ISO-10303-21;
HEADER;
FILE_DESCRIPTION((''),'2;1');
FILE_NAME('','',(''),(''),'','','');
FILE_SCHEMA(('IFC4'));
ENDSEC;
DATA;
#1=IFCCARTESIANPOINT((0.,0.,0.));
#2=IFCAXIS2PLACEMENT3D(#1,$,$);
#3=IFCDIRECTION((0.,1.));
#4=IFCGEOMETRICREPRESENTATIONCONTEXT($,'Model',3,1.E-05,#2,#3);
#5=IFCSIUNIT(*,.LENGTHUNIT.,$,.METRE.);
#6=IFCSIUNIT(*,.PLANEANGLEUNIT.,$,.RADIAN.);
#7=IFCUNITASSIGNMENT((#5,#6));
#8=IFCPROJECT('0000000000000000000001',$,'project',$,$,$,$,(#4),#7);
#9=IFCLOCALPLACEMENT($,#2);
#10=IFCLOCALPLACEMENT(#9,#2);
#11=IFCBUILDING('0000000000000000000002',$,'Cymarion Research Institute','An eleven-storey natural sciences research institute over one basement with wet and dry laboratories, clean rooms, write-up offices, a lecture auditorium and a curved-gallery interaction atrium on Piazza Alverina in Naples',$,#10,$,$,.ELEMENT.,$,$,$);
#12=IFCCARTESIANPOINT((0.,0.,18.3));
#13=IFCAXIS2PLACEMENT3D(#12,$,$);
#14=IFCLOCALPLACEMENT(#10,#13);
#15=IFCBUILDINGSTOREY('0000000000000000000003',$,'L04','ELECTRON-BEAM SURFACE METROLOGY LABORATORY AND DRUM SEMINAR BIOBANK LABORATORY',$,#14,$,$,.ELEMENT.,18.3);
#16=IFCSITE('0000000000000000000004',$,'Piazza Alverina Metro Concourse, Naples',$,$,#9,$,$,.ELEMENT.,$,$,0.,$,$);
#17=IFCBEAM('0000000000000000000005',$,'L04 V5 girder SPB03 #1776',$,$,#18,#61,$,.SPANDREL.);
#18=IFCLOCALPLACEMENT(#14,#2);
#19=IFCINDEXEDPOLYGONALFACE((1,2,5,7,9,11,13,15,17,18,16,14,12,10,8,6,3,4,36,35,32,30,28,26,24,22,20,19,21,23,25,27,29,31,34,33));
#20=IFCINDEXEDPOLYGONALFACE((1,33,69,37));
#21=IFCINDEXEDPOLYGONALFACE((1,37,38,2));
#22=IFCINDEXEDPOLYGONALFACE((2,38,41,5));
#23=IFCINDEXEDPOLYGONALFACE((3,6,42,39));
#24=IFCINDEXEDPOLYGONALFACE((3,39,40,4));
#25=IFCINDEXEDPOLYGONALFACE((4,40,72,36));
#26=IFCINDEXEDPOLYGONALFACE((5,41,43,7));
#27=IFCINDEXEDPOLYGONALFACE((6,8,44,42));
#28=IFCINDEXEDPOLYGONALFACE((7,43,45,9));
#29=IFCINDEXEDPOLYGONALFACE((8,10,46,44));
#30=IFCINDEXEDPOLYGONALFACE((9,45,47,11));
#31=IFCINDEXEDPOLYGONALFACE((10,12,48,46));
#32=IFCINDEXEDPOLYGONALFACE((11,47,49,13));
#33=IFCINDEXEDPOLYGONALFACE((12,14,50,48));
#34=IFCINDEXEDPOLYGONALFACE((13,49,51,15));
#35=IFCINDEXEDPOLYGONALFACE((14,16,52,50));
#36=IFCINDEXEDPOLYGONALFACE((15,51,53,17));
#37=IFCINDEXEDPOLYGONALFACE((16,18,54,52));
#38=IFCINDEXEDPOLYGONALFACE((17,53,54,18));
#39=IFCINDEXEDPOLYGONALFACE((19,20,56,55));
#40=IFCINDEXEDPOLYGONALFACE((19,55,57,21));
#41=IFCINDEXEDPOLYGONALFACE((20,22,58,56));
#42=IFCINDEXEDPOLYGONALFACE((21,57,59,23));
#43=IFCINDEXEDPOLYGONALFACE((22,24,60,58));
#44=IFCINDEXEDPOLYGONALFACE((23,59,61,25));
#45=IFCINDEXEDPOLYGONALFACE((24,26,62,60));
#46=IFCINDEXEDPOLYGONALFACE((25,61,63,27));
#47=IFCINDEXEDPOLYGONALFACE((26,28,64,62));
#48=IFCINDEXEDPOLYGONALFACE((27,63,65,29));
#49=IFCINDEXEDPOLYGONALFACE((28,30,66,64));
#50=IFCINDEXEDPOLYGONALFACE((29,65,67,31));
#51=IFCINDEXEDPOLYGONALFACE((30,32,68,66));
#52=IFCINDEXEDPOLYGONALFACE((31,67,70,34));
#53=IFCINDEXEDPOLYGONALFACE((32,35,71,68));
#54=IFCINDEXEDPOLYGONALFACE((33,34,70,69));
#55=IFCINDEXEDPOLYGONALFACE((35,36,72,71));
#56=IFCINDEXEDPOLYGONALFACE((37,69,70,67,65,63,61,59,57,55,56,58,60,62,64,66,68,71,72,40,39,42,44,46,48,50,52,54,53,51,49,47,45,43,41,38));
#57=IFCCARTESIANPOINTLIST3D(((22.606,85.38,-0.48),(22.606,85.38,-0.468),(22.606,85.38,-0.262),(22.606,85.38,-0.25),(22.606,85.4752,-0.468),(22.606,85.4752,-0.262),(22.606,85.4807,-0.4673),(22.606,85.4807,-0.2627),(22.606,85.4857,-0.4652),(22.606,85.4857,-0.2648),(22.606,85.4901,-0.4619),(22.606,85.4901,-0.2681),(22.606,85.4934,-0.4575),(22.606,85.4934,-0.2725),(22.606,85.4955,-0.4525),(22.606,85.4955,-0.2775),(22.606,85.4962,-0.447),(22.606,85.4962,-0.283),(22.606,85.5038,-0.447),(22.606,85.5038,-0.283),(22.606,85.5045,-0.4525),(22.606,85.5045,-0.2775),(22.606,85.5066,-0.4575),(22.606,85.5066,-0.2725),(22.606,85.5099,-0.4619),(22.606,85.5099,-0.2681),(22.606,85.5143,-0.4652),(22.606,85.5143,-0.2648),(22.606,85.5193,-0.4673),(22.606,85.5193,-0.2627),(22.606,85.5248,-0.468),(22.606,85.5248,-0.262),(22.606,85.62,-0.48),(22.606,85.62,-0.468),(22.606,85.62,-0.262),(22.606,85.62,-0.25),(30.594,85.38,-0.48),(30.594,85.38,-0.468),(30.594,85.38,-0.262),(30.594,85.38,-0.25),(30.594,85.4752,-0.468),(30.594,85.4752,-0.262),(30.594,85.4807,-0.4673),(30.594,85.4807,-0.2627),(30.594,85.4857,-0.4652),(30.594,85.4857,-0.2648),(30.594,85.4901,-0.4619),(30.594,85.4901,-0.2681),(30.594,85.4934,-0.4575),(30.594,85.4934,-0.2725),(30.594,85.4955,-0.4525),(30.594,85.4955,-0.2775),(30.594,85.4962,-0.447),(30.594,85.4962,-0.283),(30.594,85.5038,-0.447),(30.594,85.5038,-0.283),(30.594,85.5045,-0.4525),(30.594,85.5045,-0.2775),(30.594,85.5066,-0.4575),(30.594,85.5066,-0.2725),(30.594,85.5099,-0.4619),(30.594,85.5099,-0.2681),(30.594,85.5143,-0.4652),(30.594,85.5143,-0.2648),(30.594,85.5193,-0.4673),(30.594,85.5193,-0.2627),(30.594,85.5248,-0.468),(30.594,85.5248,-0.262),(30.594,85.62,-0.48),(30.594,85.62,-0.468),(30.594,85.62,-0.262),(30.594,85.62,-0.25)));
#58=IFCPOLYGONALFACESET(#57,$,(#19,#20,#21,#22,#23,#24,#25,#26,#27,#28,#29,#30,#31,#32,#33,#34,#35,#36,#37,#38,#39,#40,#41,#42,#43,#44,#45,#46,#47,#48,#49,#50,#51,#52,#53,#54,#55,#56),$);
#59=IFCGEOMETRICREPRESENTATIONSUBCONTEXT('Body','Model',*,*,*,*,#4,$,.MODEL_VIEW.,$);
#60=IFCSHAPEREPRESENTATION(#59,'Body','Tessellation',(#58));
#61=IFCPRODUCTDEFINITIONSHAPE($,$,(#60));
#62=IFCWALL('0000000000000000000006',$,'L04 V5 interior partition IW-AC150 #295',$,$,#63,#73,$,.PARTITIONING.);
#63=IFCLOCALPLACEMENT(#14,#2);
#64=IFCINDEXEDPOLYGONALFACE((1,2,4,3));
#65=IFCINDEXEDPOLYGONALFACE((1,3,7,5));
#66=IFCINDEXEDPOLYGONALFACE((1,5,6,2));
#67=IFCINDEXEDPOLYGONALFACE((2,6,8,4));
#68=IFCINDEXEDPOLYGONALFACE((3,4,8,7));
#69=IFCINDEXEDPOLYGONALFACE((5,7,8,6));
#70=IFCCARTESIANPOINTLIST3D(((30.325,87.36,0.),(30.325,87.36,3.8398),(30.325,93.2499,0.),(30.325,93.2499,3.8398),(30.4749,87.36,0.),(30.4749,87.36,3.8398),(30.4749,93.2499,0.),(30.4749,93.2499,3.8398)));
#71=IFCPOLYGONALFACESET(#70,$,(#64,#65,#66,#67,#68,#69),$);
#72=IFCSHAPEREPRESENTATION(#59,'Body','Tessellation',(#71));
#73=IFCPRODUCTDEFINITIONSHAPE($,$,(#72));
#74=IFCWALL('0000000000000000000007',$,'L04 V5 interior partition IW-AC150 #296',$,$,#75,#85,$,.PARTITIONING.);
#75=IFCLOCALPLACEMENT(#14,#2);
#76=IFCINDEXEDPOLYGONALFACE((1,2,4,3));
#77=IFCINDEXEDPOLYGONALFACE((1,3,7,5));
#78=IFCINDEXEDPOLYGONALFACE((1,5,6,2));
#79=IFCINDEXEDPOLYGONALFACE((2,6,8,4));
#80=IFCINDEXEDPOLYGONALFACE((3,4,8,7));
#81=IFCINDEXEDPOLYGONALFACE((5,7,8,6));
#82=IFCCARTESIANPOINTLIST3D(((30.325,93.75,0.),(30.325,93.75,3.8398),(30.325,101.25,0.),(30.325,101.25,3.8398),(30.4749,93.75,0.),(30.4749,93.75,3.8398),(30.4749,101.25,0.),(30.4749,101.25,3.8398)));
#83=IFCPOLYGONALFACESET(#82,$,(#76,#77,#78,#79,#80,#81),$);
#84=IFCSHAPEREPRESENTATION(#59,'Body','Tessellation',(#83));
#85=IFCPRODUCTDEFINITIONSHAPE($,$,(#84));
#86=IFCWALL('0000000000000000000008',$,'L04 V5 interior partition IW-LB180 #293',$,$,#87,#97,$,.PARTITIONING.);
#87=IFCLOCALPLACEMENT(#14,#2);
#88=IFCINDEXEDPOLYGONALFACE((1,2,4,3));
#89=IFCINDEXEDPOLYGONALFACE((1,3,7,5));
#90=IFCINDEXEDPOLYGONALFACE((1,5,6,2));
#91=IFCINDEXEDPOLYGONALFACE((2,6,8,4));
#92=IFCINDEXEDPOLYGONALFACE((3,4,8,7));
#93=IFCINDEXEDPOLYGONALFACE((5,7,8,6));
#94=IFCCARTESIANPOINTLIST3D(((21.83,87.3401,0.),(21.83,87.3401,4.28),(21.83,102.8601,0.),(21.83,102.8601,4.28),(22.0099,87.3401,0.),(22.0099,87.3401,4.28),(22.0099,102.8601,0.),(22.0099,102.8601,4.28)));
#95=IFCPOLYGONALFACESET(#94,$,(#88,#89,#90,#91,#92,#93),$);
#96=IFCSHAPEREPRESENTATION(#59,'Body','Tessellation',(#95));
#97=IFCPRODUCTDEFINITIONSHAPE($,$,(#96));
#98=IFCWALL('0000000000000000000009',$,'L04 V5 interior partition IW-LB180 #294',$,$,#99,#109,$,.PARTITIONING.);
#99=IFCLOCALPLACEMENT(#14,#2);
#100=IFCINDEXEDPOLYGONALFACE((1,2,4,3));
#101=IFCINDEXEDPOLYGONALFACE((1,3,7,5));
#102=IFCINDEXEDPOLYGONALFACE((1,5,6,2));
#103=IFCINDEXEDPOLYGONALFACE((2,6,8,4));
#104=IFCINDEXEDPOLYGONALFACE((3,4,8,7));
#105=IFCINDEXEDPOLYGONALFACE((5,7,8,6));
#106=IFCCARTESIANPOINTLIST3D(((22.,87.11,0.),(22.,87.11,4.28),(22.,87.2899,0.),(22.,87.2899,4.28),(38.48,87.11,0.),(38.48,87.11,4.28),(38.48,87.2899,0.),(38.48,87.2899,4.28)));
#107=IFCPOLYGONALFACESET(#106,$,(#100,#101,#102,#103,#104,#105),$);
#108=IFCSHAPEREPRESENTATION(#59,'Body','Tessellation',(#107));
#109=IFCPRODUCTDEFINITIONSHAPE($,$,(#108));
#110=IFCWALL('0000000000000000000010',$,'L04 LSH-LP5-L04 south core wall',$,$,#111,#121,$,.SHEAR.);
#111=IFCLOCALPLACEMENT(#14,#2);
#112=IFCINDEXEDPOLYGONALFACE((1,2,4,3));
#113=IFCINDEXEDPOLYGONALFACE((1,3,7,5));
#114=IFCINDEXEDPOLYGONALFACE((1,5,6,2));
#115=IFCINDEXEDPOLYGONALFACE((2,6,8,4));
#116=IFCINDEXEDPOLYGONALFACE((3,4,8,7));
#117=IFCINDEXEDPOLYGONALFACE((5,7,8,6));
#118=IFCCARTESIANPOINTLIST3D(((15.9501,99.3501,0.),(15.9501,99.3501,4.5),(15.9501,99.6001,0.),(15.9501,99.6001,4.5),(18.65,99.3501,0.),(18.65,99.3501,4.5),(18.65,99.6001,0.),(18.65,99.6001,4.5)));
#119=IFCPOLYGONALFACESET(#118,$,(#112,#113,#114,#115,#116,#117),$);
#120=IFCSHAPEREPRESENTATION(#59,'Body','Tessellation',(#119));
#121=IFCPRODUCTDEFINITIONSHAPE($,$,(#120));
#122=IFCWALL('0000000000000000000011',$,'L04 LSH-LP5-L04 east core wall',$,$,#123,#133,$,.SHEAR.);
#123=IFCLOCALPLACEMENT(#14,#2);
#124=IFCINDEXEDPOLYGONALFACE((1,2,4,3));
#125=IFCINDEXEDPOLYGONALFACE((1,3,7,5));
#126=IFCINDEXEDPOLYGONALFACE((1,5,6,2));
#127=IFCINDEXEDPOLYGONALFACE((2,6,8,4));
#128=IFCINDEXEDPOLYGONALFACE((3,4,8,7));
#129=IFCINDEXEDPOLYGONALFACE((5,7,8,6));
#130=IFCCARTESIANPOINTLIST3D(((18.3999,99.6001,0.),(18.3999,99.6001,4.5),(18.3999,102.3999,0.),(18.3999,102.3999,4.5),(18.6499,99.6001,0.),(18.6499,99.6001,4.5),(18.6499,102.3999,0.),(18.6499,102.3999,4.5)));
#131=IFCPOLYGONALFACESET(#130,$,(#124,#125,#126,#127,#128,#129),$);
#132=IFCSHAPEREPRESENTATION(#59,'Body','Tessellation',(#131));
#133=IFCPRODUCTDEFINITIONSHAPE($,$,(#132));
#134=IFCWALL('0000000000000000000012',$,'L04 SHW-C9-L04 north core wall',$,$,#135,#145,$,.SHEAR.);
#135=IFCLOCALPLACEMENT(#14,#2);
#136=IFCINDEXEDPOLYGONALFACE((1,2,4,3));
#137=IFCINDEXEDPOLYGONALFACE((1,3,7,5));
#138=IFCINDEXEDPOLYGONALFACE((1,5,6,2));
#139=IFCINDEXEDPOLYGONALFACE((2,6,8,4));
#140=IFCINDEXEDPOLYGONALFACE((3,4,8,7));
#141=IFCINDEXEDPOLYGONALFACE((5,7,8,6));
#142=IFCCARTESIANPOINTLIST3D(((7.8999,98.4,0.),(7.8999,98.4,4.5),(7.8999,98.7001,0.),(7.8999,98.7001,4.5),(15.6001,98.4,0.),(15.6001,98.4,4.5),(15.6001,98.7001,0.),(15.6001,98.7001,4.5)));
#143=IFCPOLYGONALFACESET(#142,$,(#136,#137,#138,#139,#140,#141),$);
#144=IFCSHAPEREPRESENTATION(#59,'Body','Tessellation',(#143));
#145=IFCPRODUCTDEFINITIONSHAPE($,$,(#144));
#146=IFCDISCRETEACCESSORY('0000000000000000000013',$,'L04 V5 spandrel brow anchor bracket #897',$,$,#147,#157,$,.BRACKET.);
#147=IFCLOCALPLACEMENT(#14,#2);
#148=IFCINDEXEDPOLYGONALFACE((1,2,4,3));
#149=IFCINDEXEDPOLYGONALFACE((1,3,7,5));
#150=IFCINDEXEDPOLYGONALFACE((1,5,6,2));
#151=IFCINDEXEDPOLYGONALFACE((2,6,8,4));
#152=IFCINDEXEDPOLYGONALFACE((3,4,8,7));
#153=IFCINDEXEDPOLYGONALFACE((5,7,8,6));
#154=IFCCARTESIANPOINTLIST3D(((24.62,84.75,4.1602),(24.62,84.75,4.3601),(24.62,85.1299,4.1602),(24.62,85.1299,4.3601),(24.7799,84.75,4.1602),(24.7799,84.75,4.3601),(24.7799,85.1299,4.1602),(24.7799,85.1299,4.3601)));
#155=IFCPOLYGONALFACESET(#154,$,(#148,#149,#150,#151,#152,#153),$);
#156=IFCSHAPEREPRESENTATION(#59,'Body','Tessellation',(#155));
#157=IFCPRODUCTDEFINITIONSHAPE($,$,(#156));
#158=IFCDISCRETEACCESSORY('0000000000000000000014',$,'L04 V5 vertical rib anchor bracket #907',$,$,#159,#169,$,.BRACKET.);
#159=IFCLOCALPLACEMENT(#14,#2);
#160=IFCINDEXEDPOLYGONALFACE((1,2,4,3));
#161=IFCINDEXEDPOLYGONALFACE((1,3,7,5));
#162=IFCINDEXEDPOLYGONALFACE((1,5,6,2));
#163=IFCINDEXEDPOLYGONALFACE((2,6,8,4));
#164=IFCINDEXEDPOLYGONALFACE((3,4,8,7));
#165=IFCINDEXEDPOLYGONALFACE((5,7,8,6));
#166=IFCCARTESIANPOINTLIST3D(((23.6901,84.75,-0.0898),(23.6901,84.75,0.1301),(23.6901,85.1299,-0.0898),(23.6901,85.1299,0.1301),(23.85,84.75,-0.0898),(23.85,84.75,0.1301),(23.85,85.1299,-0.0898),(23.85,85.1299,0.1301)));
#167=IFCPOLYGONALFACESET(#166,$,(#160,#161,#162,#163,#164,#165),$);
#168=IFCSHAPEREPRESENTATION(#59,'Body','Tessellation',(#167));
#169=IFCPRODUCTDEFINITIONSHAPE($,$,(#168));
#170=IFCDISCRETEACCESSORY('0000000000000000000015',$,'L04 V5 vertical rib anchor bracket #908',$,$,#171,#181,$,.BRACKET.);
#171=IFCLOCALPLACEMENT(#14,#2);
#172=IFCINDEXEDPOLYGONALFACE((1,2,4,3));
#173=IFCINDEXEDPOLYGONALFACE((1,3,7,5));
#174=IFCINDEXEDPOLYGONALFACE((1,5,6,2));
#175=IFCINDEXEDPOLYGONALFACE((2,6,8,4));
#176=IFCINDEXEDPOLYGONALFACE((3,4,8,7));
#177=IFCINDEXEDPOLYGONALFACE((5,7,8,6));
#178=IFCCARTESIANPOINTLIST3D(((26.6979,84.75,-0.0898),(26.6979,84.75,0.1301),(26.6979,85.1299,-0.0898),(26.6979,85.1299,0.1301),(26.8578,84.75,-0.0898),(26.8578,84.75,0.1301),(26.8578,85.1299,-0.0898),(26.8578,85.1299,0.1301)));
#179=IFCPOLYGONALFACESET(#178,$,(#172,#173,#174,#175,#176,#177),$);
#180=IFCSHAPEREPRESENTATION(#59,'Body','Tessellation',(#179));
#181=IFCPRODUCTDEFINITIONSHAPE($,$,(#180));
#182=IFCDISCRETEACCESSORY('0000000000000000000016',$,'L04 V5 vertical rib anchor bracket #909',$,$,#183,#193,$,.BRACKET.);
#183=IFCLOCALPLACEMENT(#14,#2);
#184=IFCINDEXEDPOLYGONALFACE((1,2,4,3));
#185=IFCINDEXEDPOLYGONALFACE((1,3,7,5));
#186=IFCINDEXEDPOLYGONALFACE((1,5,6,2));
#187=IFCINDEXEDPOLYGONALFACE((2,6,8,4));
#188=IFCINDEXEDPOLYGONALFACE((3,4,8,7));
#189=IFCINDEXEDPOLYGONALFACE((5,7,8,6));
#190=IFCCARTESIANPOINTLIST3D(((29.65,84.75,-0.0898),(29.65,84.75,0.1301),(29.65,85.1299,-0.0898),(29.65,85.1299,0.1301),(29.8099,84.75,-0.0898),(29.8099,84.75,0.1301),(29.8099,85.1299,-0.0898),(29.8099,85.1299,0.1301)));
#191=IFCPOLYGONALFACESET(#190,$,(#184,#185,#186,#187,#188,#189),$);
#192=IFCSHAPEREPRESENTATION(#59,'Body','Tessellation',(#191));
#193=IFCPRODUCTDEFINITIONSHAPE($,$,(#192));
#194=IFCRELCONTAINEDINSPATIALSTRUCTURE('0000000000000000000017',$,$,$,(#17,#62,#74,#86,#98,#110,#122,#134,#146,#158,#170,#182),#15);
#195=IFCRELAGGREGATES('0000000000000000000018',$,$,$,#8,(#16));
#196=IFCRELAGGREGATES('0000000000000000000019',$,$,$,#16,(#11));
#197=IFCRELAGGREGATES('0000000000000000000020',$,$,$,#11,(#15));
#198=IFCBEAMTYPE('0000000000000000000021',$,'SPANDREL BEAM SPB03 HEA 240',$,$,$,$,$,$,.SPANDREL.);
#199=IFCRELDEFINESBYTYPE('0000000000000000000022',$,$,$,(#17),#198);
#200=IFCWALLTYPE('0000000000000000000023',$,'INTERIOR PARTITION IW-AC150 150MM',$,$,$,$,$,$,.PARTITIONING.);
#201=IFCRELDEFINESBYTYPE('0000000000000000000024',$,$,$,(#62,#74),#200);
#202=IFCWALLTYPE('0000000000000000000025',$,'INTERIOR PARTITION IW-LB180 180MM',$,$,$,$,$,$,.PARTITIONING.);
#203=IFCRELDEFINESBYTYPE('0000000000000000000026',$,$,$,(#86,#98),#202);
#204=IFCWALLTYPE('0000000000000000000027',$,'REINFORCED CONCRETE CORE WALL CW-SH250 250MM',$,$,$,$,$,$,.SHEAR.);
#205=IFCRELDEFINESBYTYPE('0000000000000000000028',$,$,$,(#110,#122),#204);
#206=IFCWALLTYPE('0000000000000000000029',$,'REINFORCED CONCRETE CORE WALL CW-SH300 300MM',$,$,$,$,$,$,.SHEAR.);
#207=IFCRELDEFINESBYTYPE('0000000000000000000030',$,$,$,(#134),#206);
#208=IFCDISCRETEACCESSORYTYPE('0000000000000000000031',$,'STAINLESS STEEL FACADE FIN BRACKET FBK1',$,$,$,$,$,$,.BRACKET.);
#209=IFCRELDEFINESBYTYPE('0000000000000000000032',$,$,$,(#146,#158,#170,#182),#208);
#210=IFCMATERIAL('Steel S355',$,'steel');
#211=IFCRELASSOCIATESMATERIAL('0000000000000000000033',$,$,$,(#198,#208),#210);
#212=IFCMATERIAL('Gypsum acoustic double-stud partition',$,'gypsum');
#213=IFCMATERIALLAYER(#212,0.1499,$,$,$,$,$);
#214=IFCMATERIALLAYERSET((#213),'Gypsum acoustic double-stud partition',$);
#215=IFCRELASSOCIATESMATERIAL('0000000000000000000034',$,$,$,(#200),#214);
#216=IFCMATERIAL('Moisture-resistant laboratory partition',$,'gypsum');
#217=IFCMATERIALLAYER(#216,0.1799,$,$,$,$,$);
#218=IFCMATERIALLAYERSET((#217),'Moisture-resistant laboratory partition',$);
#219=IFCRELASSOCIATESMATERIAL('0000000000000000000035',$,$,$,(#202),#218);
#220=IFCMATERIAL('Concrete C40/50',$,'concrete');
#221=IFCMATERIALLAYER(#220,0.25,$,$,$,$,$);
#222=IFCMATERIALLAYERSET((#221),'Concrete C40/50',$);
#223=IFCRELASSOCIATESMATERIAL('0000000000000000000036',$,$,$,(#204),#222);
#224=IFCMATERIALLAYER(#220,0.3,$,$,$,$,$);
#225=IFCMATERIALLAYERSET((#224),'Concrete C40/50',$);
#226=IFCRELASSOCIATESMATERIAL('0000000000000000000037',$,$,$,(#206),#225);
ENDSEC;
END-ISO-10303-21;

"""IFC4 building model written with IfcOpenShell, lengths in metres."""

from ifc_helpers import new_model, si_unit, direction, frame, frame_2d, origin, origin_2d, place, context, subcontext, project, spatial, rectangle, i_section, extrude, material, layer, layer_set, material_profile, profile_set, type_object, element, save


model = new_model("IFC4")

# Units and contexts
model_context = context("Model", 3, precision=1e-05, world=origin(), true_north=direction((0.0, 1.0)))
body_context = subcontext(model_context, "Body", "Model", "MODEL_VIEW")
ifc_project = project(units=[si_unit("LENGTHUNIT", "METRE"), si_unit("PLANEANGLEUNIT", "RADIAN")], contexts=[model_context])

# Site, building, storey
site_placement = place(None, origin())
site = spatial("IfcSite", under=ifc_project, at=site_placement, Name="Piazza Alverina Metro Concourse, Naples", CompositionType="ELEMENT", RefElevation=0.0)
building_placement = place(site_placement, origin())
building = spatial("IfcBuilding", under=site, at=building_placement, Name="Cymarion Research Institute", Description="An eleven-storey natural sciences research institute over one basement with wet and dry laboratories, clean rooms, write-up offices, a lecture auditorium and a curved-gallery interaction atrium on Piazza Alverina in Naples", CompositionType="ELEMENT")
storey_placement = place(building_placement, frame((0.0, 0.0, 18.3)))
storey = spatial("IfcBuildingStorey", under=building, at=storey_placement, Name="L04", Description="ELECTRON-BEAM SURFACE METROLOGY LABORATORY AND DRUM SEMINAR BIOBANK LABORATORY", CompositionType="ELEMENT", Elevation=18.3)

# Shared definitions
ifc_material_1 = material(Name="Steel S355", Category="steel")

# Beam
ifc_material_profile_1 = material_profile(ifc_material_1, i_section(OverallWidth=0.24, OverallDepth=0.23, WebThickness=0.0076, FlangeThickness=0.012, FilletRadius=0.021, at=origin_2d()), Name="HEA 240")
ifc_profile_set_1 = profile_set([ifc_material_profile_1], Name="Steel S355")
beam_type_1 = type_object("IfcBeamType", Name="SPANDREL BEAM SPB03 HEA 240", PredefinedType="SPANDREL", material=ifc_profile_set_1)
for number, where, z_axis, x_axis, name in (
    (1, (22.606, 85.5, -0.365), (1.0, 0.0, 0.0), (0.0, 1.0, 0.0), "L04 V5 girder SPB03 #1776"),
):
    element("IfcBeam", number, at=place(storey_placement, frame(where, z_axis=z_axis, x_axis=x_axis)), inside=storey, type_object=beam_type_1, Name=name, PredefinedType="SPANDREL", context=body_context, shape_type="SweptSolid", body=[
        extrude(i_section(OverallWidth=0.24, OverallDepth=0.23, WebThickness=0.0076, FlangeThickness=0.012, FilletRadius=0.021, at=origin_2d()), origin(), (0.0, 0.0, 1.0), 7.988),
    ])

# Walls
ifc_material_2 = material(Name="Gypsum acoustic double-stud partition", Category="gypsum")
ifc_layer_1 = layer(ifc_material_2, 0.1499)
ifc_layer_set_1 = layer_set([ifc_layer_1], Name="Gypsum acoustic double-stud partition")
wall_type_1 = type_object("IfcWallType", Name="INTERIOR PARTITION IW-AC150 150MM", PredefinedType="PARTITIONING", material=ifc_layer_set_1)
wall_1_placement = place(storey_placement, frame((30.3999, 87.3601, 0.0), z_axis=(0.0, 0.0, 1.0), x_axis=(0.0, 1.0, 0.0)))
element("IfcWall", 2, at=wall_1_placement, inside=storey, type_object=wall_type_1, Name="L04 V5 interior partition IW-AC150 #295", PredefinedType="PARTITIONING", context=body_context, shape_type="SweptSolid", body=[
    extrude(rectangle(XDim=5.8899, YDim=0.1499, at=frame_2d((2.9448, 0.0))), origin(), (0.0, 0.0, 1.0), 3.8398),
])
wall_2_placement = place(storey_placement, frame((30.3999, 93.75, 0.0), z_axis=(0.0, 0.0, 1.0), x_axis=(0.0, 1.0, 0.0)))
element("IfcWall", 3, at=wall_2_placement, inside=storey, type_object=wall_type_1, Name="L04 V5 interior partition IW-AC150 #296", PredefinedType="PARTITIONING", context=body_context, shape_type="SweptSolid", body=[
    extrude(rectangle(XDim=7.5, YDim=0.1499, at=frame_2d((3.75, 0.0))), origin(), (0.0, 0.0, 1.0), 3.8398),
])
ifc_material_3 = material(Name="Moisture-resistant laboratory partition", Category="gypsum")
ifc_layer_2 = layer(ifc_material_3, 0.1799)
ifc_layer_set_2 = layer_set([ifc_layer_2], Name="Moisture-resistant laboratory partition")
wall_type_2 = type_object("IfcWallType", Name="INTERIOR PARTITION IW-LB180 180MM", PredefinedType="PARTITIONING", material=ifc_layer_set_2)
wall_3_placement = place(storey_placement, frame((21.9199, 87.3401, 0.0), z_axis=(0.0, 0.0, 1.0), x_axis=(0.0, 1.0, 0.0)))
element("IfcWall", 4, at=wall_3_placement, inside=storey, type_object=wall_type_2, Name="L04 V5 interior partition IW-LB180 #293", PredefinedType="PARTITIONING", context=body_context, shape_type="SweptSolid", body=[
    extrude(rectangle(XDim=15.52, YDim=0.1799, at=frame_2d((7.76, 0.0))), origin(), (0.0, 0.0, 1.0), 4.28),
])
wall_4_placement = place(storey_placement, frame((22.0, 87.2, 0.0), z_axis=(0.0, 0.0, 1.0), x_axis=(1.0, 0.0, 0.0)))
element("IfcWall", 5, at=wall_4_placement, inside=storey, type_object=wall_type_2, Name="L04 V5 interior partition IW-LB180 #294", PredefinedType="PARTITIONING", context=body_context, shape_type="SweptSolid", body=[
    extrude(rectangle(XDim=16.48, YDim=0.1799, at=frame_2d((8.24, 0.0))), origin(), (0.0, 0.0, 1.0), 4.28),
])
ifc_material_4 = material(Name="Concrete C40/50", Category="concrete")
ifc_layer_3 = layer(ifc_material_4, 0.25)
ifc_layer_set_3 = layer_set([ifc_layer_3], Name="Concrete C40/50")
wall_type_3 = type_object("IfcWallType", Name="REINFORCED CONCRETE CORE WALL CW-SH250 250MM", PredefinedType="SHEAR", material=ifc_layer_set_3)
wall_5_placement = place(storey_placement, frame((15.95, 99.4751, 0.0), z_axis=(0.0, 0.0, 1.0), x_axis=(1.0, 0.0, 0.0)))
element("IfcWall", 6, at=wall_5_placement, inside=storey, type_object=wall_type_3, Name="L04 LSH-LP5-L04 south core wall", PredefinedType="SHEAR", context=body_context, shape_type="SweptSolid", body=[
    extrude(rectangle(XDim=2.7, YDim=0.25, at=frame_2d((1.3501, 0.0))), origin(), (0.0, 0.0, 1.0), 4.5),
])
wall_6_placement = place(storey_placement, frame((18.5249, 99.6001, 0.0), z_axis=(0.0, 0.0, 1.0), x_axis=(0.0, 1.0, 0.0)))
element("IfcWall", 7, at=wall_6_placement, inside=storey, type_object=wall_type_3, Name="L04 LSH-LP5-L04 east core wall", PredefinedType="SHEAR", context=body_context, shape_type="SweptSolid", body=[
    extrude(rectangle(XDim=2.7998, YDim=0.25, at=frame_2d((1.3999, 0.0))), origin(), (0.0, 0.0, 1.0), 4.5),
])
ifc_layer_4 = layer(ifc_material_4, 0.3)
ifc_layer_set_4 = layer_set([ifc_layer_4], Name="Concrete C40/50")
wall_type_4 = type_object("IfcWallType", Name="REINFORCED CONCRETE CORE WALL CW-SH300 300MM", PredefinedType="SHEAR", material=ifc_layer_set_4)
wall_7_placement = place(storey_placement, frame((15.6001, 98.55, 0.0), z_axis=(0.0, 0.0, 1.0), x_axis=(-1.0, 0.0, 0.0)))
element("IfcWall", 8, at=wall_7_placement, inside=storey, type_object=wall_type_4, Name="L04 SHW-C9-L04 north core wall", PredefinedType="SHEAR", context=body_context, shape_type="SweptSolid", body=[
    extrude(rectangle(XDim=7.7002, YDim=0.3, at=frame_2d((3.8501, 0.0))), origin(), (0.0, 0.0, 1.0), 4.5),
])

# Discrete accessories
discrete_accessory_type = type_object("IfcDiscreteAccessoryType", Name="STAINLESS STEEL FACADE FIN BRACKET FBK1", PredefinedType="BRACKET", material=ifc_material_1)
discrete_accessory_1_placement = place(storey_placement, frame((24.7, 84.9399, 4.1602), z_axis=(0.0, 0.0, 1.0), x_axis=(0.0, -1.0, 0.0)))
element("IfcDiscreteAccessory", 9, at=discrete_accessory_1_placement, inside=storey, type_object=discrete_accessory_type, Name="L04 V5 spandrel brow anchor bracket #897", PredefinedType="BRACKET", context=body_context, shape_type="SweptSolid", body=[
    extrude(rectangle(XDim=0.3799, YDim=0.1599, at=origin_2d()), origin(), (0.0, 0.0, 1.0), 0.2),
])
for number, where, z_axis, x_axis, name in (
    (10, (23.77, 84.9399, -0.0898), (0.0, 0.0, 1.0), (0.0, -1.0, 0.0), "L04 V5 vertical rib anchor bracket #907"),
    (11, (26.7778, 84.9399, -0.0898), (0.0, 0.0, 1.0), (0.0, -1.0, 0.0), "L04 V5 vertical rib anchor bracket #908"),
    (12, (29.73, 84.9399, -0.0898), (0.0, 0.0, 1.0), (0.0, -1.0, 0.0), "L04 V5 vertical rib anchor bracket #909"),
):
    element("IfcDiscreteAccessory", number, at=place(storey_placement, frame(where, z_axis=z_axis, x_axis=x_axis)), inside=storey, type_object=discrete_accessory_type, Name=name, PredefinedType="BRACKET", context=body_context, shape_type="SweptSolid", body=[
        extrude(rectangle(XDim=0.3799, YDim=0.1599, at=origin_2d()), origin(), (0.0, 0.0, 1.0), 0.22),
    ])

save(model, "model.ifc")
